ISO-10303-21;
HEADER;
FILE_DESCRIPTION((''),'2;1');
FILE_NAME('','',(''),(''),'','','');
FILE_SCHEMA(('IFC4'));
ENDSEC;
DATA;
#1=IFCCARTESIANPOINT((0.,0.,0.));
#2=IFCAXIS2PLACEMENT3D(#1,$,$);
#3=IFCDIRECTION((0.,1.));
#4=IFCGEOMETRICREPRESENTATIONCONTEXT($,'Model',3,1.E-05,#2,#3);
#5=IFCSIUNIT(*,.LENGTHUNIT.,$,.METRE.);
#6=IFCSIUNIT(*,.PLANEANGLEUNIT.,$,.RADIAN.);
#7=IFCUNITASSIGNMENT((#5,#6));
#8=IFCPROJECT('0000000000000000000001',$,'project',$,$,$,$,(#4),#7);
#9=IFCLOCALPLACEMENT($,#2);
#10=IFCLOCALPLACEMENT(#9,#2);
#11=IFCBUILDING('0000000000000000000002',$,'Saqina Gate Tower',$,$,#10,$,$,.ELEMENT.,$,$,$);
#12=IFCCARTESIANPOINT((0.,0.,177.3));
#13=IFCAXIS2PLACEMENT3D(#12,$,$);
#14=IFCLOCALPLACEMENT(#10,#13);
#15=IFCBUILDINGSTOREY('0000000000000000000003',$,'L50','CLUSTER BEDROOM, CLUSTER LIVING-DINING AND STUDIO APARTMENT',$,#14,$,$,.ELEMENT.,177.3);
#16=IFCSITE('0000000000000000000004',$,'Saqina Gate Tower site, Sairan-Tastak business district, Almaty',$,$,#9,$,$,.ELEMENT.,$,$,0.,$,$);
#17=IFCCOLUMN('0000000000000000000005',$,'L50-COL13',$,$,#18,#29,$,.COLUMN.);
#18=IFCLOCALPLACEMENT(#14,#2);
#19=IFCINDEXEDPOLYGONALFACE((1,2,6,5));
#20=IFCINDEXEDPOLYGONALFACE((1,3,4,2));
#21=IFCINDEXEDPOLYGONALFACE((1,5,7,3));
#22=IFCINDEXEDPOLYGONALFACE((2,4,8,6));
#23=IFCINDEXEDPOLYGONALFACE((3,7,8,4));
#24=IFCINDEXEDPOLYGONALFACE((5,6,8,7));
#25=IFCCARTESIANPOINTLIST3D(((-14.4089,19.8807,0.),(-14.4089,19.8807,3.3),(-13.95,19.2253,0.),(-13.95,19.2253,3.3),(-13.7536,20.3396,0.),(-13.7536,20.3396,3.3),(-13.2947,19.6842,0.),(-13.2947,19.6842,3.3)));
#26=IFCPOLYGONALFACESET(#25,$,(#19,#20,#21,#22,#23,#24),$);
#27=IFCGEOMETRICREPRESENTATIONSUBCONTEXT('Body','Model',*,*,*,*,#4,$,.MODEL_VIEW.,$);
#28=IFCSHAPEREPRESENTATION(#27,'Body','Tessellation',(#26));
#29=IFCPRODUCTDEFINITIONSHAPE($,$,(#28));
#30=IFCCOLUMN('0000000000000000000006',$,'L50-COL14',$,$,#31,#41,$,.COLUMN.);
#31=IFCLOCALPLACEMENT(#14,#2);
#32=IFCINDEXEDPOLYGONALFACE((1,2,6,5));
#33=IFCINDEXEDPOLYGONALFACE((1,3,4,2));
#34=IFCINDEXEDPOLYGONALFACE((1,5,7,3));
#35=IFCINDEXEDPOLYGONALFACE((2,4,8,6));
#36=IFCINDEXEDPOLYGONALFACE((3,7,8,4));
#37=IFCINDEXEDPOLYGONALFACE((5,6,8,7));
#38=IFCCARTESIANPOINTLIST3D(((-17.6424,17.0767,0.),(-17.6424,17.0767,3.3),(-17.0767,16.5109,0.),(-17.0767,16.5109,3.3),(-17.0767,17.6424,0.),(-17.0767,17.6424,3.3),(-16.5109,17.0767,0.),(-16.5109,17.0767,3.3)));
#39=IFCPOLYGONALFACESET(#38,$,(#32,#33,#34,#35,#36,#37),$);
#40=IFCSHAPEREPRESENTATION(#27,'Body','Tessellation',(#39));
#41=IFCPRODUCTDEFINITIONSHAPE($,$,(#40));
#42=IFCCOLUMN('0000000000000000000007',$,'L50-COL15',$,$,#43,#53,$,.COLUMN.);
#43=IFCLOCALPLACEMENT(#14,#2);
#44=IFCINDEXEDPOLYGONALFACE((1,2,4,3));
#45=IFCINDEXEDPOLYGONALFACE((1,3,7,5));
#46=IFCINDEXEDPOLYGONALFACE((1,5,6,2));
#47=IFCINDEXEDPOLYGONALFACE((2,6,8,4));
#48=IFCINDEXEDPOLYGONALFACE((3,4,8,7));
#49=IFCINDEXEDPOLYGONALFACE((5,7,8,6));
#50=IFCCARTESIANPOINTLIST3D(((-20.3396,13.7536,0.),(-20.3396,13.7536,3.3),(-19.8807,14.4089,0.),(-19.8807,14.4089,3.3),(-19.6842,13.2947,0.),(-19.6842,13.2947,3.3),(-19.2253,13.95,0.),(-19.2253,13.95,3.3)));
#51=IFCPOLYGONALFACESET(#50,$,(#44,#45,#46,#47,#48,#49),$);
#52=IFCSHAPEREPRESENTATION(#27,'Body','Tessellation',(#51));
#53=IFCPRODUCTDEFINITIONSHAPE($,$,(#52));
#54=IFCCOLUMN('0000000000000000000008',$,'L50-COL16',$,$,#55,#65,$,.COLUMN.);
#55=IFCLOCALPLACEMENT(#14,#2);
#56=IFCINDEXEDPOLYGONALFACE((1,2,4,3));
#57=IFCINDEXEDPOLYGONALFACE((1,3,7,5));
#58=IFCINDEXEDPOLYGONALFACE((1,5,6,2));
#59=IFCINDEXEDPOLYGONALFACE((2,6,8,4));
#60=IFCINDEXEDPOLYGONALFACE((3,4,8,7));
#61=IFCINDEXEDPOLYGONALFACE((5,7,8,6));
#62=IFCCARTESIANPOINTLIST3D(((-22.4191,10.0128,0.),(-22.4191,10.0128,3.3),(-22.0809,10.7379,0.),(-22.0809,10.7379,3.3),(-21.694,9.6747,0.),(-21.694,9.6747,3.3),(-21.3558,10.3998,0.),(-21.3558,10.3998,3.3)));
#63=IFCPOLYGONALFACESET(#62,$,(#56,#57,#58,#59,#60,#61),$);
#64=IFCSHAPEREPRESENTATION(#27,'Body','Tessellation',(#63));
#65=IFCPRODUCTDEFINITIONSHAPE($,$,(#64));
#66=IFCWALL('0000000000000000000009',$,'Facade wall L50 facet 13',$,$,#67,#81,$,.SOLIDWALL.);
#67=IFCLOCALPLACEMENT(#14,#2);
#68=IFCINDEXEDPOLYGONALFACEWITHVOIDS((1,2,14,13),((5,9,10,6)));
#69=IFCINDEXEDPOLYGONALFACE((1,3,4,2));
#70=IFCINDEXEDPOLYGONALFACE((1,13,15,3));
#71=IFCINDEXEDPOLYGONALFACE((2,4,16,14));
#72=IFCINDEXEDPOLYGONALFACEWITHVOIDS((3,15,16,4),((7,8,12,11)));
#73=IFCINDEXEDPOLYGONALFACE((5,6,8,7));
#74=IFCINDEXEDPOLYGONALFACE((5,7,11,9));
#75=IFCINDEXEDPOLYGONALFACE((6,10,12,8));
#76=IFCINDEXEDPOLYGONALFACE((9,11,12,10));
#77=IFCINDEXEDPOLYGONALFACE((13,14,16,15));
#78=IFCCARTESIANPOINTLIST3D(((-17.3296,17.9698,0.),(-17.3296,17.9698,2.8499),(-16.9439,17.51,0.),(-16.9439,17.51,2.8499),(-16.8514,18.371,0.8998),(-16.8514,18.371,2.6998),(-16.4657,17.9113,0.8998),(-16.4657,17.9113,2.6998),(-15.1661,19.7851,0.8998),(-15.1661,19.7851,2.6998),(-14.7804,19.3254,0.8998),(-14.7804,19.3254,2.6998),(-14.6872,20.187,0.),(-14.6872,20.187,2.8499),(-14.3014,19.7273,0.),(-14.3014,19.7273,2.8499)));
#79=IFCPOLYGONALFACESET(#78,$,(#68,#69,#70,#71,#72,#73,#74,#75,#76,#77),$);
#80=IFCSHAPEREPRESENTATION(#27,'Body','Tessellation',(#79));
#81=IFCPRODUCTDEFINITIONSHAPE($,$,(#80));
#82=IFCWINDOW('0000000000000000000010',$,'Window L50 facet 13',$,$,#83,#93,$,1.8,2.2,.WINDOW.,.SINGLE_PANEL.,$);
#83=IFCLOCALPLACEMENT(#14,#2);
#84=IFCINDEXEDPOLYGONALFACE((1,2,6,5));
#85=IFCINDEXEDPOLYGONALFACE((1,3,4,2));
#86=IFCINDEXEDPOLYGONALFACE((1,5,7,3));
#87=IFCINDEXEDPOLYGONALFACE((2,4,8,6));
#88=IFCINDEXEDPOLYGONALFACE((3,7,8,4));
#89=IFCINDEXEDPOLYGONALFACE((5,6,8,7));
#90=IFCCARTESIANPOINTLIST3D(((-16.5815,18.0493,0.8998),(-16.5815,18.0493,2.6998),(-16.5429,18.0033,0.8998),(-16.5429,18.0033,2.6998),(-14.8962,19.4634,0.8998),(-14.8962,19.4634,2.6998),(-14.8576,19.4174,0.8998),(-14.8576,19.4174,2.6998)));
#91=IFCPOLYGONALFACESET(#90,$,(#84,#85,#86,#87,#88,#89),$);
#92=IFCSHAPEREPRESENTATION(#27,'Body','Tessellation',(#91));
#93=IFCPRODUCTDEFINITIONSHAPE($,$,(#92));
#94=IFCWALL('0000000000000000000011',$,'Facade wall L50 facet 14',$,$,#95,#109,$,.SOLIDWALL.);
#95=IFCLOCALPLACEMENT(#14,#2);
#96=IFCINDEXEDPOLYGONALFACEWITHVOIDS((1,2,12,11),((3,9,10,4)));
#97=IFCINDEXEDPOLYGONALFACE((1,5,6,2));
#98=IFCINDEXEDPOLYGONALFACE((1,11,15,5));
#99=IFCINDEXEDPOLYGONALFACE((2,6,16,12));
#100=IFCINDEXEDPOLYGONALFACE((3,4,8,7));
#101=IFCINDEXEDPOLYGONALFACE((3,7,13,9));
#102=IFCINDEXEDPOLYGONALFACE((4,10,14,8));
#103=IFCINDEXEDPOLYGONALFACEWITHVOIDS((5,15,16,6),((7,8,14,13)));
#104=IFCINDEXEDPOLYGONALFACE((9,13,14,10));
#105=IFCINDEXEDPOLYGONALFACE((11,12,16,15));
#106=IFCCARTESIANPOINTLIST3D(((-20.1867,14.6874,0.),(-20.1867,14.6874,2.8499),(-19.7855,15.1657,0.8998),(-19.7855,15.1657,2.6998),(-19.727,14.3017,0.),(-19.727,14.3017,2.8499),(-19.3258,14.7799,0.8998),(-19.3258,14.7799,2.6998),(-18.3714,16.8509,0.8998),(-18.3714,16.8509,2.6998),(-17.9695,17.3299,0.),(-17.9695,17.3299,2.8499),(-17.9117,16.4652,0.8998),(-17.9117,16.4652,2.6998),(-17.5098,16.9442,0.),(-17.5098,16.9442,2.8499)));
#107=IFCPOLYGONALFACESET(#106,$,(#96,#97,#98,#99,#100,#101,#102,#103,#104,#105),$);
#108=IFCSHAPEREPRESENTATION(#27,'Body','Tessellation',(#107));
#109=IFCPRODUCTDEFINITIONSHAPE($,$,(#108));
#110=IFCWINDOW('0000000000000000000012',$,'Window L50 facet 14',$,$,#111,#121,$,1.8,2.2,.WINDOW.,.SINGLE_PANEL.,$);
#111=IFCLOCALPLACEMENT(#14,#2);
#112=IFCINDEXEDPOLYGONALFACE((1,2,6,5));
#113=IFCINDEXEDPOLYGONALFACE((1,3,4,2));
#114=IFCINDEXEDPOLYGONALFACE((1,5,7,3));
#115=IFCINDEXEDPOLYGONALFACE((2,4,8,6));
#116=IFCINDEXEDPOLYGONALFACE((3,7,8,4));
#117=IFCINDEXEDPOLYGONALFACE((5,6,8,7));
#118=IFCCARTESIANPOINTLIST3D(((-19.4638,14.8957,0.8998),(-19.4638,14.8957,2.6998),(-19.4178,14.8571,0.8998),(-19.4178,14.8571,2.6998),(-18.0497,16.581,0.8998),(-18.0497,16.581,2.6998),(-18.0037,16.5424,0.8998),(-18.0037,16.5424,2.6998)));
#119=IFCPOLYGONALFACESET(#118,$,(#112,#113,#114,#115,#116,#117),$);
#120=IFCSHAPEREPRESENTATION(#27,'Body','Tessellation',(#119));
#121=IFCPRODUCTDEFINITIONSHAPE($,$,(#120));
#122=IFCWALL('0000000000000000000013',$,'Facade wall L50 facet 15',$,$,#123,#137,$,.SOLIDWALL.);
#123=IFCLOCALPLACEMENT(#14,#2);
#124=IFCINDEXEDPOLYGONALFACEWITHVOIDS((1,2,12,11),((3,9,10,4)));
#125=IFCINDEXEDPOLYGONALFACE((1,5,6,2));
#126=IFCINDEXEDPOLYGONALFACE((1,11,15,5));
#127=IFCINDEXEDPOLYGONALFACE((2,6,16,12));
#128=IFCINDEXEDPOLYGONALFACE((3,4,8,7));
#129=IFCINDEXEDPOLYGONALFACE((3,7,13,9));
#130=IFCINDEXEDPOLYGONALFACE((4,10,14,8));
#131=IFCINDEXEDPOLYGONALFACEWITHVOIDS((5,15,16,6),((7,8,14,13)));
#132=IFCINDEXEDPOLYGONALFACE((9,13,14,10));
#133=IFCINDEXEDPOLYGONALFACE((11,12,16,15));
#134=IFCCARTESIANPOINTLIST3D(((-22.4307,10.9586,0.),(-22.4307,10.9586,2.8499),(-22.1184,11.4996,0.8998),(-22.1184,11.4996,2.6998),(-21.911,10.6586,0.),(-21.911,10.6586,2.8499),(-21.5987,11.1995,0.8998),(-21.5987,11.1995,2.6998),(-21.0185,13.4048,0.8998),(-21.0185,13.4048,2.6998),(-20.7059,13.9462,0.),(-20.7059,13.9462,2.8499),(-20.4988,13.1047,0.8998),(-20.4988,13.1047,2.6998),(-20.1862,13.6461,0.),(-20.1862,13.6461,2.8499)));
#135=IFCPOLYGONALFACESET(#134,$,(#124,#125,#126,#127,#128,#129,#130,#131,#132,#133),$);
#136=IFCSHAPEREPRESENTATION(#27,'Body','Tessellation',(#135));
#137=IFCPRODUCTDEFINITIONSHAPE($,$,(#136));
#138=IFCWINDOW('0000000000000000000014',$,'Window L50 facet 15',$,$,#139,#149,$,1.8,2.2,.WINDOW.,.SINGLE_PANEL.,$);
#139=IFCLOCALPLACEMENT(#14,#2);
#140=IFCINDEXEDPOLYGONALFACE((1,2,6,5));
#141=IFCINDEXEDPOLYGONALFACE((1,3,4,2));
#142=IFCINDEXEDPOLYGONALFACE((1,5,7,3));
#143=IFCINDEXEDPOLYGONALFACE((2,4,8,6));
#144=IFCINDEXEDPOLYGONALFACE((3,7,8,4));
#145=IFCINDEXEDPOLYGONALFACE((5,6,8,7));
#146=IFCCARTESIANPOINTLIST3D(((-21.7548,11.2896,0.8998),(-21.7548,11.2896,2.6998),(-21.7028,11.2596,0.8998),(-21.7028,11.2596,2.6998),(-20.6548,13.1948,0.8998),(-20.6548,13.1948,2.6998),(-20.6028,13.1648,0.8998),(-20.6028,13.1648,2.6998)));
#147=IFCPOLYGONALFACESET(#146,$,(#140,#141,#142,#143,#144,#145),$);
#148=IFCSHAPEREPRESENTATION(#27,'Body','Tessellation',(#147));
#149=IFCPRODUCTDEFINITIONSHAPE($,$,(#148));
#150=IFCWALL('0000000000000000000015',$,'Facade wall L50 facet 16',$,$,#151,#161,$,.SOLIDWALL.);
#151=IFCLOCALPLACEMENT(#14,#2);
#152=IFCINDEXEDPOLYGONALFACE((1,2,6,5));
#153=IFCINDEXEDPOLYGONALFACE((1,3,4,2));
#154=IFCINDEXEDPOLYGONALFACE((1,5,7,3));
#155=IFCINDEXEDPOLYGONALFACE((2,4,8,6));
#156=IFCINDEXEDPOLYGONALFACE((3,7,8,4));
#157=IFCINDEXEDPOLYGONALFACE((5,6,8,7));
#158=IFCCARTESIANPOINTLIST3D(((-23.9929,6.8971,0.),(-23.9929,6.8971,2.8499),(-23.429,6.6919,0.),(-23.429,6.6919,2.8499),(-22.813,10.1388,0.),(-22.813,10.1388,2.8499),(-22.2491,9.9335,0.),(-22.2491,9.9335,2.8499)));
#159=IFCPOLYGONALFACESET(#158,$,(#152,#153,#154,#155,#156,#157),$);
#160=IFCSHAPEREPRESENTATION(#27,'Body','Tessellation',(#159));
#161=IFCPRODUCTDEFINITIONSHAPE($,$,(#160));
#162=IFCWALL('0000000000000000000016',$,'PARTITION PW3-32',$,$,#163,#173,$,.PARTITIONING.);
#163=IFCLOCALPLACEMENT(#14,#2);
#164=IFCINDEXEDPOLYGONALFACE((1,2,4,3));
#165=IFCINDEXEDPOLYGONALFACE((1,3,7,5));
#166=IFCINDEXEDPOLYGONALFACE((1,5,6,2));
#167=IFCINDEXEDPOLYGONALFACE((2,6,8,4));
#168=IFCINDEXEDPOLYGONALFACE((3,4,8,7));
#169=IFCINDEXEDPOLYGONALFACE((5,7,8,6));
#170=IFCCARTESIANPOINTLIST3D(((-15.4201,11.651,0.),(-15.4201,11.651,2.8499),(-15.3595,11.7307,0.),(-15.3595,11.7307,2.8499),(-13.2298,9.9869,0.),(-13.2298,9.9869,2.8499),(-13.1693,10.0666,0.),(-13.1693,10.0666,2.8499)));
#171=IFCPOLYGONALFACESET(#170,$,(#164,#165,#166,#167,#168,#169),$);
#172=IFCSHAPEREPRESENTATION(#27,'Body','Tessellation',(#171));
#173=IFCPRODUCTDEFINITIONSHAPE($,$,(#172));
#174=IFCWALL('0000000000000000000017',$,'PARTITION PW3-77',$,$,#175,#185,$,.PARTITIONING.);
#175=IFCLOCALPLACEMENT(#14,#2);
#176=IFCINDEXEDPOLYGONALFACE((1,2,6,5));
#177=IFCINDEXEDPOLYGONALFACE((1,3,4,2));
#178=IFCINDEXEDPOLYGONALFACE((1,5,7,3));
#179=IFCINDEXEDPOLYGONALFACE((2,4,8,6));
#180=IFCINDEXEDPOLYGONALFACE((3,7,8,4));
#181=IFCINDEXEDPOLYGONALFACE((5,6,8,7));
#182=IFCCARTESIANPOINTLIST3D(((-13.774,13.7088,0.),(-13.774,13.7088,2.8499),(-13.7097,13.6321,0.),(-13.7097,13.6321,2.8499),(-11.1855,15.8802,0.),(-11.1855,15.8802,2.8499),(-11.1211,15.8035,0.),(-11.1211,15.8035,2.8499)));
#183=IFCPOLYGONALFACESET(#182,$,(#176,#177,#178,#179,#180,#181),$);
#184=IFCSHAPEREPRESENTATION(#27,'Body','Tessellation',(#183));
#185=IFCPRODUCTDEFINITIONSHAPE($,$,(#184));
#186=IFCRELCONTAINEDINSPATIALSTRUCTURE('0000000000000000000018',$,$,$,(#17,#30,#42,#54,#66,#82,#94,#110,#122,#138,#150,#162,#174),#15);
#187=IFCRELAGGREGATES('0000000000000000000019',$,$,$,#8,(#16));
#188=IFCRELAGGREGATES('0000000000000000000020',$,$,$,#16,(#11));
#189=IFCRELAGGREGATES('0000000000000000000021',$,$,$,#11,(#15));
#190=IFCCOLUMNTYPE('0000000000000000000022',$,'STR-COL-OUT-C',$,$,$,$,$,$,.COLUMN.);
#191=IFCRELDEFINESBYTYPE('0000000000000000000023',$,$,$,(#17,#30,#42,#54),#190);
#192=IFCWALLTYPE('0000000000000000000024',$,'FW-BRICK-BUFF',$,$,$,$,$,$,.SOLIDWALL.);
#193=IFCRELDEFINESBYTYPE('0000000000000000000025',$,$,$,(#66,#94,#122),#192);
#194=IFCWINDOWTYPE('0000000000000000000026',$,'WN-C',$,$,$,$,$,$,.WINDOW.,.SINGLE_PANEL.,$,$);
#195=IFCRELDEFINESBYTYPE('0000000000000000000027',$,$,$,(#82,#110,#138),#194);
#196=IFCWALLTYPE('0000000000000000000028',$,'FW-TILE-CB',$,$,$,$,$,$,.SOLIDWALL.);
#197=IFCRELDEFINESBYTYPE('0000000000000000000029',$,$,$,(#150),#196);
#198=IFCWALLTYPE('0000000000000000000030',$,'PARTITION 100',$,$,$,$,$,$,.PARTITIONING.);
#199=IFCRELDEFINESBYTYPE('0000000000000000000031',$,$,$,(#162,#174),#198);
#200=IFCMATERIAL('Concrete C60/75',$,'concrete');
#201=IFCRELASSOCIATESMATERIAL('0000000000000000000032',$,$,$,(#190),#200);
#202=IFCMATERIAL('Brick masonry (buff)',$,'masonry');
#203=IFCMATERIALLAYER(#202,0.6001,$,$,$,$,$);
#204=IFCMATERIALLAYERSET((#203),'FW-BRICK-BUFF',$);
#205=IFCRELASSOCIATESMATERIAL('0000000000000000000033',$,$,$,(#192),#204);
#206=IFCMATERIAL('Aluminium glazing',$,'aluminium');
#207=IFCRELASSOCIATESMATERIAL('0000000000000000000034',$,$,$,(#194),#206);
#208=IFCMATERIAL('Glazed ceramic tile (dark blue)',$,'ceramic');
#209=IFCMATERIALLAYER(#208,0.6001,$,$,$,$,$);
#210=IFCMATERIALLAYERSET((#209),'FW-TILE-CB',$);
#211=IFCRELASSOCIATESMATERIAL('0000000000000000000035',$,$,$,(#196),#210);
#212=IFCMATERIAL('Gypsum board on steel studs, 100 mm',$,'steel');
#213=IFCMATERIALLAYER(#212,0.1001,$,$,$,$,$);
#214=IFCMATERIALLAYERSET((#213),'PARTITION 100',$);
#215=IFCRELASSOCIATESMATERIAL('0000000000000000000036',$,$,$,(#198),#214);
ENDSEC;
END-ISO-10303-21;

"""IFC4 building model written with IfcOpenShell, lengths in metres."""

from ifc_helpers import new_model, si_unit, direction, frame, frame_2d, origin, origin_2d, place, context, subcontext, project, spatial, rectangle, extrude, material, layer, layer_set, material_profile, profile_set, type_object, element, fill, save


model = new_model("IFC4")

# Units and contexts
model_context = context("Model", 3, precision=1e-05, world=origin(), true_north=direction((0.0, 1.0)))
body_context = subcontext(model_context, "Body", "Model", "MODEL_VIEW")
ifc_project = project(units=[si_unit("LENGTHUNIT", "METRE"), si_unit("PLANEANGLEUNIT", "RADIAN")], contexts=[model_context])

# Site, building, storey
site_placement = place(None, origin())
site = spatial("IfcSite", under=ifc_project, at=site_placement, Name="Saqina Gate Tower site, Sairan-Tastak business district, Almaty", CompositionType="ELEMENT", RefElevation=0.0)
building_placement = place(site_placement, origin())
building = spatial("IfcBuilding", under=site, at=building_placement, Name="Saqina Gate Tower", CompositionType="ELEMENT")
storey_placement = place(building_placement, frame((0.0, 0.0, 177.3)))
storey = spatial("IfcBuildingStorey", under=building, at=storey_placement, Name="L50", Description="CLUSTER BEDROOM, CLUSTER LIVING-DINING AND STUDIO APARTMENT", CompositionType="ELEMENT", Elevation=177.3)

# Columns
ifc_material_1 = material(Name="Concrete C60/75", Category="concrete")
ifc_material_profile = material_profile(ifc_material_1, rectangle(XDim=0.8, YDim=0.8, at=origin_2d()), Name="RC 800x800")
ifc_profile_set = profile_set([ifc_material_profile], Name="Concrete C60/75")
column_type = type_object("IfcColumnType", Name="STR-COL-OUT-C", PredefinedType="COLUMN", material=ifc_profile_set)
for number, where, z_axis, x_axis, name in (
    (1, (-13.8518, 19.7825, 0.0), (0.0, 0.0, 1.0), (-0.573576, 0.819152, 0.0), "L50-COL13"),
    (2, (-17.0767, 17.0767, 0.0), (0.0, 0.0, 1.0), (-0.707107, 0.707107, 0.0), "L50-COL14"),
    (3, (-19.7825, 13.8518, 0.0), (0.0, 0.0, 1.0), (-0.819152, 0.573576, 0.0), "L50-COL15"),
    (4, (-21.8875, 10.2063, 0.0), (0.0, 0.0, 1.0), (-0.906308, 0.422618, 0.0), "L50-COL16"),
):
    element("IfcColumn", number, at=place(storey_placement, frame(where, z_axis=z_axis, x_axis=x_axis)), inside=storey, type_object=column_type, Name=name, PredefinedType="COLUMN", context=body_context, shape_type="SweptSolid", body=[
        extrude(rectangle(XDim=0.8, YDim=0.8, at=origin_2d()), origin(), (0.0, 0.0, 1.0), 3.3),
    ])

# Walls, openings, windows
ifc_material_2 = material(Name="Brick masonry (buff)", Category="masonry")
ifc_layer_1 = layer(ifc_material_2, 0.6001)
ifc_layer_set_1 = layer_set([ifc_layer_1], Name="FW-BRICK-BUFF")
wall_type_1 = type_object("IfcWallType", Name="FW-BRICK-BUFF", PredefinedType="SOLIDWALL", material=ifc_layer_set_1)
wall_1_placement = place(storey_placement, frame((-14.4944, 19.957, 0.0), z_axis=(0.0, 0.0, 1.0), x_axis=(-0.766059, -0.64277, 0.0)))
wall_1 = element("IfcWall", 5, at=wall_1_placement, inside=storey, type_object=wall_type_1, Name="Facade wall L50 facet 13", PredefinedType="SOLIDWALL", context=body_context, shape_type="SweptSolid", body=[
    extrude(rectangle(XDim=3.4495, YDim=0.6001, at=frame_2d((1.7246, 0.0))), origin(), (0.0, 0.0, 1.0), 2.8499),
])
opening_1_placement = place(wall_1_placement, frame((0.625, 0.0, 0.8999)))
opening_1 = element("IfcOpeningElement", 6, at=opening_1_placement, cuts=wall_1, PredefinedType="OPENING", context=body_context, shape_type="SweptSolid", body=[
    extrude(rectangle(XDim=2.2, YDim=1.8, at=frame_2d((1.1001, 0.8999))), frame((0.0, 0.312, 0.0), z_axis=(0.0, -1.0, 0.0), x_axis=(1.0, 0.0, 0.0)), (0.0, 0.0, 1.0), 0.624),
])
ifc_material_3 = material(Name="Aluminium glazing", Category="aluminium")
window_type = type_object("IfcWindowType", Name="WN-C", PartitioningType="SINGLE_PANEL", PredefinedType="WINDOW", material=ifc_material_3)
window_1_placement = place(opening_1_placement, origin())
window_1 = element("IfcWindow", 7, at=window_1_placement, inside=storey, type_object=window_type, Name="Window L50 facet 13", OverallHeight=1.8, OverallWidth=2.2, PartitioningType="SINGLE_PANEL", PredefinedType="WINDOW", context=body_context, shape_type="SweptSolid", body=[
    extrude(rectangle(XDim=2.2, YDim=1.8, at=frame_2d((1.1001, 0.8999))), frame((0.0, 0.1799, 0.0), z_axis=(0.0, -1.0, 0.0), x_axis=(1.0, 0.0, 0.0)), (0.0, 0.0, 1.0), 0.0601),
])
fill(opening_1, window_1)
wall_2_placement = place(storey_placement, frame((-17.7397, 17.137, 0.0), z_axis=(0.0, 0.0, 1.0), x_axis=(-0.64277, -0.766059, 0.0)))
wall_2 = element("IfcWall", 8, at=wall_2_placement, inside=storey, type_object=wall_type_1, Name="Facade wall L50 facet 14", PredefinedType="SOLIDWALL", context=body_context, shape_type="SweptSolid", body=[
    extrude(rectangle(XDim=3.4495, YDim=0.6001, at=frame_2d((1.7246, 0.0))), origin(), (0.0, 0.0, 1.0), 2.8499),
])
opening_2_placement = place(wall_2_placement, frame((0.625, 0.0, 0.8999)))
opening_2 = element("IfcOpeningElement", 9, at=opening_2_placement, cuts=wall_2, PredefinedType="OPENING", context=body_context, shape_type="SweptSolid", body=[
    extrude(rectangle(XDim=2.2, YDim=1.8, at=frame_2d((1.1001, 0.8999))), frame((0.0, 0.312, 0.0), z_axis=(0.0, -1.0, 0.0), x_axis=(1.0, 0.0, 0.0)), (0.0, 0.0, 1.0), 0.624),
])
window_2_placement = place(opening_2_placement, origin())
window_2 = element("IfcWindow", 10, at=window_2_placement, inside=storey, type_object=window_type, Name="Window L50 facet 14", OverallHeight=1.8, OverallWidth=2.2, PartitioningType="SINGLE_PANEL", PredefinedType="WINDOW", context=body_context, shape_type="SweptSolid", body=[
    extrude(rectangle(XDim=2.2, YDim=1.8, at=frame_2d((1.1001, 0.8999))), frame((0.0, 0.1799, 0.0), z_axis=(0.0, -1.0, 0.0), x_axis=(1.0, 0.0, 0.0)), (0.0, 0.0, 1.0), 0.0601),
])
fill(opening_2, window_2)
wall_3_placement = place(storey_placement, frame((-20.446, 13.7961, 0.0), z_axis=(0.0, 0.0, 1.0), x_axis=(-0.499998, -0.866026, 0.0)))
wall_3 = element("IfcWall", 11, at=wall_3_placement, inside=storey, type_object=wall_type_1, Name="Facade wall L50 facet 15", PredefinedType="SOLIDWALL", context=body_context, shape_type="SweptSolid", body=[
    extrude(rectangle(XDim=3.4497, YDim=0.6001, at=frame_2d((1.7249, 0.0))), origin(), (0.0, 0.0, 1.0), 2.8499),
])
opening_3_placement = place(wall_3_placement, frame((0.625, 0.0, 0.8999)))
opening_3 = element("IfcOpeningElement", 12, at=opening_3_placement, cuts=wall_3, PredefinedType="OPENING", context=body_context, shape_type="SweptSolid", body=[
    extrude(rectangle(XDim=2.2, YDim=1.8, at=frame_2d((1.1001, 0.8999))), frame((0.0, 0.312, 0.0), z_axis=(0.0, -1.0, 0.0), x_axis=(1.0, 0.0, 0.0)), (0.0, 0.0, 1.0), 0.624),
])
window_3_placement = place(opening_3_placement, origin())
window_3 = element("IfcWindow", 13, at=window_3_placement, inside=storey, type_object=window_type, Name="Window L50 facet 15", OverallHeight=1.8, OverallWidth=2.2, PartitioningType="SINGLE_PANEL", PredefinedType="WINDOW", context=body_context, shape_type="SweptSolid", body=[
    extrude(rectangle(XDim=2.2, YDim=1.8, at=frame_2d((1.1001, 0.8999))), frame((0.0, 0.1799, 0.0), z_axis=(0.0, -1.0, 0.0), x_axis=(1.0, 0.0, 0.0)), (0.0, 0.0, 1.0), 0.0601),
])
fill(opening_3, window_3)

# Walls
ifc_material_4 = material(Name="Glazed ceramic tile (dark blue)", Category="ceramic")
ifc_layer_2 = layer(ifc_material_4, 0.6001)
ifc_layer_set_2 = layer_set([ifc_layer_2], Name="FW-TILE-CB")
wall_type_2 = type_object("IfcWallType", Name="FW-TILE-CB", PredefinedType="SOLIDWALL", material=ifc_layer_set_2)
wall_4_placement = place(storey_placement, frame((-22.531, 10.0361, 0.0), z_axis=(0.0, 0.0, 1.0), x_axis=(-0.342033, -0.939688, 0.0)))
element("IfcWall", 14, at=wall_4_placement, inside=storey, type_object=wall_type_2, Name="Facade wall L50 facet 16", PredefinedType="SOLIDWALL", context=body_context, shape_type="SweptSolid", body=[
    extrude(rectangle(XDim=3.4497, YDim=0.6001, at=frame_2d((1.7249, 0.0))), origin(), (0.0, 0.0, 1.0), 2.8499),
])
ifc_material_5 = material(Name="Gypsum board on steel studs, 100 mm", Category="steel")
ifc_layer_3 = layer(ifc_material_5, 0.1001)
ifc_layer_set_3 = layer_set([ifc_layer_3], Name="PARTITION 100")
wall_type_3 = type_object("IfcWallType", Name="PARTITION 100", PredefinedType="PARTITIONING", material=ifc_layer_set_3)
wall_5_placement = place(storey_placement, frame((-15.3899, 11.6909, 0.0), z_axis=(0.0, 0.0, 1.0), x_axis=(0.796246, -0.604973, 0.0)))
element("IfcWall", 15, at=wall_5_placement, inside=storey, type_object=wall_type_3, Name="PARTITION PW3-32", PredefinedType="PARTITIONING", context=body_context, shape_type="SweptSolid", body=[
    extrude(rectangle(XDim=2.7507, YDim=0.1001, at=frame_2d((1.3755, 0.0))), origin(), (0.0, 0.0, 1.0), 2.8499),
])
wall_6_placement = place(storey_placement, frame((-13.7419, 13.6704, 0.0), z_axis=(0.0, 0.0, 1.0), x_axis=(0.76615, 0.642662, 0.0)))
element("IfcWall", 16, at=wall_6_placement, inside=storey, type_object=wall_type_3, Name="PARTITION PW3-77", PredefinedType="PARTITIONING", context=body_context, shape_type="SweptSolid", body=[
    extrude(rectangle(XDim=3.3787, YDim=0.1001, at=frame_2d((1.6895, 0.0))), origin(), (0.0, 0.0, 1.0), 2.8499),
])

save(model, "model.ifc")
